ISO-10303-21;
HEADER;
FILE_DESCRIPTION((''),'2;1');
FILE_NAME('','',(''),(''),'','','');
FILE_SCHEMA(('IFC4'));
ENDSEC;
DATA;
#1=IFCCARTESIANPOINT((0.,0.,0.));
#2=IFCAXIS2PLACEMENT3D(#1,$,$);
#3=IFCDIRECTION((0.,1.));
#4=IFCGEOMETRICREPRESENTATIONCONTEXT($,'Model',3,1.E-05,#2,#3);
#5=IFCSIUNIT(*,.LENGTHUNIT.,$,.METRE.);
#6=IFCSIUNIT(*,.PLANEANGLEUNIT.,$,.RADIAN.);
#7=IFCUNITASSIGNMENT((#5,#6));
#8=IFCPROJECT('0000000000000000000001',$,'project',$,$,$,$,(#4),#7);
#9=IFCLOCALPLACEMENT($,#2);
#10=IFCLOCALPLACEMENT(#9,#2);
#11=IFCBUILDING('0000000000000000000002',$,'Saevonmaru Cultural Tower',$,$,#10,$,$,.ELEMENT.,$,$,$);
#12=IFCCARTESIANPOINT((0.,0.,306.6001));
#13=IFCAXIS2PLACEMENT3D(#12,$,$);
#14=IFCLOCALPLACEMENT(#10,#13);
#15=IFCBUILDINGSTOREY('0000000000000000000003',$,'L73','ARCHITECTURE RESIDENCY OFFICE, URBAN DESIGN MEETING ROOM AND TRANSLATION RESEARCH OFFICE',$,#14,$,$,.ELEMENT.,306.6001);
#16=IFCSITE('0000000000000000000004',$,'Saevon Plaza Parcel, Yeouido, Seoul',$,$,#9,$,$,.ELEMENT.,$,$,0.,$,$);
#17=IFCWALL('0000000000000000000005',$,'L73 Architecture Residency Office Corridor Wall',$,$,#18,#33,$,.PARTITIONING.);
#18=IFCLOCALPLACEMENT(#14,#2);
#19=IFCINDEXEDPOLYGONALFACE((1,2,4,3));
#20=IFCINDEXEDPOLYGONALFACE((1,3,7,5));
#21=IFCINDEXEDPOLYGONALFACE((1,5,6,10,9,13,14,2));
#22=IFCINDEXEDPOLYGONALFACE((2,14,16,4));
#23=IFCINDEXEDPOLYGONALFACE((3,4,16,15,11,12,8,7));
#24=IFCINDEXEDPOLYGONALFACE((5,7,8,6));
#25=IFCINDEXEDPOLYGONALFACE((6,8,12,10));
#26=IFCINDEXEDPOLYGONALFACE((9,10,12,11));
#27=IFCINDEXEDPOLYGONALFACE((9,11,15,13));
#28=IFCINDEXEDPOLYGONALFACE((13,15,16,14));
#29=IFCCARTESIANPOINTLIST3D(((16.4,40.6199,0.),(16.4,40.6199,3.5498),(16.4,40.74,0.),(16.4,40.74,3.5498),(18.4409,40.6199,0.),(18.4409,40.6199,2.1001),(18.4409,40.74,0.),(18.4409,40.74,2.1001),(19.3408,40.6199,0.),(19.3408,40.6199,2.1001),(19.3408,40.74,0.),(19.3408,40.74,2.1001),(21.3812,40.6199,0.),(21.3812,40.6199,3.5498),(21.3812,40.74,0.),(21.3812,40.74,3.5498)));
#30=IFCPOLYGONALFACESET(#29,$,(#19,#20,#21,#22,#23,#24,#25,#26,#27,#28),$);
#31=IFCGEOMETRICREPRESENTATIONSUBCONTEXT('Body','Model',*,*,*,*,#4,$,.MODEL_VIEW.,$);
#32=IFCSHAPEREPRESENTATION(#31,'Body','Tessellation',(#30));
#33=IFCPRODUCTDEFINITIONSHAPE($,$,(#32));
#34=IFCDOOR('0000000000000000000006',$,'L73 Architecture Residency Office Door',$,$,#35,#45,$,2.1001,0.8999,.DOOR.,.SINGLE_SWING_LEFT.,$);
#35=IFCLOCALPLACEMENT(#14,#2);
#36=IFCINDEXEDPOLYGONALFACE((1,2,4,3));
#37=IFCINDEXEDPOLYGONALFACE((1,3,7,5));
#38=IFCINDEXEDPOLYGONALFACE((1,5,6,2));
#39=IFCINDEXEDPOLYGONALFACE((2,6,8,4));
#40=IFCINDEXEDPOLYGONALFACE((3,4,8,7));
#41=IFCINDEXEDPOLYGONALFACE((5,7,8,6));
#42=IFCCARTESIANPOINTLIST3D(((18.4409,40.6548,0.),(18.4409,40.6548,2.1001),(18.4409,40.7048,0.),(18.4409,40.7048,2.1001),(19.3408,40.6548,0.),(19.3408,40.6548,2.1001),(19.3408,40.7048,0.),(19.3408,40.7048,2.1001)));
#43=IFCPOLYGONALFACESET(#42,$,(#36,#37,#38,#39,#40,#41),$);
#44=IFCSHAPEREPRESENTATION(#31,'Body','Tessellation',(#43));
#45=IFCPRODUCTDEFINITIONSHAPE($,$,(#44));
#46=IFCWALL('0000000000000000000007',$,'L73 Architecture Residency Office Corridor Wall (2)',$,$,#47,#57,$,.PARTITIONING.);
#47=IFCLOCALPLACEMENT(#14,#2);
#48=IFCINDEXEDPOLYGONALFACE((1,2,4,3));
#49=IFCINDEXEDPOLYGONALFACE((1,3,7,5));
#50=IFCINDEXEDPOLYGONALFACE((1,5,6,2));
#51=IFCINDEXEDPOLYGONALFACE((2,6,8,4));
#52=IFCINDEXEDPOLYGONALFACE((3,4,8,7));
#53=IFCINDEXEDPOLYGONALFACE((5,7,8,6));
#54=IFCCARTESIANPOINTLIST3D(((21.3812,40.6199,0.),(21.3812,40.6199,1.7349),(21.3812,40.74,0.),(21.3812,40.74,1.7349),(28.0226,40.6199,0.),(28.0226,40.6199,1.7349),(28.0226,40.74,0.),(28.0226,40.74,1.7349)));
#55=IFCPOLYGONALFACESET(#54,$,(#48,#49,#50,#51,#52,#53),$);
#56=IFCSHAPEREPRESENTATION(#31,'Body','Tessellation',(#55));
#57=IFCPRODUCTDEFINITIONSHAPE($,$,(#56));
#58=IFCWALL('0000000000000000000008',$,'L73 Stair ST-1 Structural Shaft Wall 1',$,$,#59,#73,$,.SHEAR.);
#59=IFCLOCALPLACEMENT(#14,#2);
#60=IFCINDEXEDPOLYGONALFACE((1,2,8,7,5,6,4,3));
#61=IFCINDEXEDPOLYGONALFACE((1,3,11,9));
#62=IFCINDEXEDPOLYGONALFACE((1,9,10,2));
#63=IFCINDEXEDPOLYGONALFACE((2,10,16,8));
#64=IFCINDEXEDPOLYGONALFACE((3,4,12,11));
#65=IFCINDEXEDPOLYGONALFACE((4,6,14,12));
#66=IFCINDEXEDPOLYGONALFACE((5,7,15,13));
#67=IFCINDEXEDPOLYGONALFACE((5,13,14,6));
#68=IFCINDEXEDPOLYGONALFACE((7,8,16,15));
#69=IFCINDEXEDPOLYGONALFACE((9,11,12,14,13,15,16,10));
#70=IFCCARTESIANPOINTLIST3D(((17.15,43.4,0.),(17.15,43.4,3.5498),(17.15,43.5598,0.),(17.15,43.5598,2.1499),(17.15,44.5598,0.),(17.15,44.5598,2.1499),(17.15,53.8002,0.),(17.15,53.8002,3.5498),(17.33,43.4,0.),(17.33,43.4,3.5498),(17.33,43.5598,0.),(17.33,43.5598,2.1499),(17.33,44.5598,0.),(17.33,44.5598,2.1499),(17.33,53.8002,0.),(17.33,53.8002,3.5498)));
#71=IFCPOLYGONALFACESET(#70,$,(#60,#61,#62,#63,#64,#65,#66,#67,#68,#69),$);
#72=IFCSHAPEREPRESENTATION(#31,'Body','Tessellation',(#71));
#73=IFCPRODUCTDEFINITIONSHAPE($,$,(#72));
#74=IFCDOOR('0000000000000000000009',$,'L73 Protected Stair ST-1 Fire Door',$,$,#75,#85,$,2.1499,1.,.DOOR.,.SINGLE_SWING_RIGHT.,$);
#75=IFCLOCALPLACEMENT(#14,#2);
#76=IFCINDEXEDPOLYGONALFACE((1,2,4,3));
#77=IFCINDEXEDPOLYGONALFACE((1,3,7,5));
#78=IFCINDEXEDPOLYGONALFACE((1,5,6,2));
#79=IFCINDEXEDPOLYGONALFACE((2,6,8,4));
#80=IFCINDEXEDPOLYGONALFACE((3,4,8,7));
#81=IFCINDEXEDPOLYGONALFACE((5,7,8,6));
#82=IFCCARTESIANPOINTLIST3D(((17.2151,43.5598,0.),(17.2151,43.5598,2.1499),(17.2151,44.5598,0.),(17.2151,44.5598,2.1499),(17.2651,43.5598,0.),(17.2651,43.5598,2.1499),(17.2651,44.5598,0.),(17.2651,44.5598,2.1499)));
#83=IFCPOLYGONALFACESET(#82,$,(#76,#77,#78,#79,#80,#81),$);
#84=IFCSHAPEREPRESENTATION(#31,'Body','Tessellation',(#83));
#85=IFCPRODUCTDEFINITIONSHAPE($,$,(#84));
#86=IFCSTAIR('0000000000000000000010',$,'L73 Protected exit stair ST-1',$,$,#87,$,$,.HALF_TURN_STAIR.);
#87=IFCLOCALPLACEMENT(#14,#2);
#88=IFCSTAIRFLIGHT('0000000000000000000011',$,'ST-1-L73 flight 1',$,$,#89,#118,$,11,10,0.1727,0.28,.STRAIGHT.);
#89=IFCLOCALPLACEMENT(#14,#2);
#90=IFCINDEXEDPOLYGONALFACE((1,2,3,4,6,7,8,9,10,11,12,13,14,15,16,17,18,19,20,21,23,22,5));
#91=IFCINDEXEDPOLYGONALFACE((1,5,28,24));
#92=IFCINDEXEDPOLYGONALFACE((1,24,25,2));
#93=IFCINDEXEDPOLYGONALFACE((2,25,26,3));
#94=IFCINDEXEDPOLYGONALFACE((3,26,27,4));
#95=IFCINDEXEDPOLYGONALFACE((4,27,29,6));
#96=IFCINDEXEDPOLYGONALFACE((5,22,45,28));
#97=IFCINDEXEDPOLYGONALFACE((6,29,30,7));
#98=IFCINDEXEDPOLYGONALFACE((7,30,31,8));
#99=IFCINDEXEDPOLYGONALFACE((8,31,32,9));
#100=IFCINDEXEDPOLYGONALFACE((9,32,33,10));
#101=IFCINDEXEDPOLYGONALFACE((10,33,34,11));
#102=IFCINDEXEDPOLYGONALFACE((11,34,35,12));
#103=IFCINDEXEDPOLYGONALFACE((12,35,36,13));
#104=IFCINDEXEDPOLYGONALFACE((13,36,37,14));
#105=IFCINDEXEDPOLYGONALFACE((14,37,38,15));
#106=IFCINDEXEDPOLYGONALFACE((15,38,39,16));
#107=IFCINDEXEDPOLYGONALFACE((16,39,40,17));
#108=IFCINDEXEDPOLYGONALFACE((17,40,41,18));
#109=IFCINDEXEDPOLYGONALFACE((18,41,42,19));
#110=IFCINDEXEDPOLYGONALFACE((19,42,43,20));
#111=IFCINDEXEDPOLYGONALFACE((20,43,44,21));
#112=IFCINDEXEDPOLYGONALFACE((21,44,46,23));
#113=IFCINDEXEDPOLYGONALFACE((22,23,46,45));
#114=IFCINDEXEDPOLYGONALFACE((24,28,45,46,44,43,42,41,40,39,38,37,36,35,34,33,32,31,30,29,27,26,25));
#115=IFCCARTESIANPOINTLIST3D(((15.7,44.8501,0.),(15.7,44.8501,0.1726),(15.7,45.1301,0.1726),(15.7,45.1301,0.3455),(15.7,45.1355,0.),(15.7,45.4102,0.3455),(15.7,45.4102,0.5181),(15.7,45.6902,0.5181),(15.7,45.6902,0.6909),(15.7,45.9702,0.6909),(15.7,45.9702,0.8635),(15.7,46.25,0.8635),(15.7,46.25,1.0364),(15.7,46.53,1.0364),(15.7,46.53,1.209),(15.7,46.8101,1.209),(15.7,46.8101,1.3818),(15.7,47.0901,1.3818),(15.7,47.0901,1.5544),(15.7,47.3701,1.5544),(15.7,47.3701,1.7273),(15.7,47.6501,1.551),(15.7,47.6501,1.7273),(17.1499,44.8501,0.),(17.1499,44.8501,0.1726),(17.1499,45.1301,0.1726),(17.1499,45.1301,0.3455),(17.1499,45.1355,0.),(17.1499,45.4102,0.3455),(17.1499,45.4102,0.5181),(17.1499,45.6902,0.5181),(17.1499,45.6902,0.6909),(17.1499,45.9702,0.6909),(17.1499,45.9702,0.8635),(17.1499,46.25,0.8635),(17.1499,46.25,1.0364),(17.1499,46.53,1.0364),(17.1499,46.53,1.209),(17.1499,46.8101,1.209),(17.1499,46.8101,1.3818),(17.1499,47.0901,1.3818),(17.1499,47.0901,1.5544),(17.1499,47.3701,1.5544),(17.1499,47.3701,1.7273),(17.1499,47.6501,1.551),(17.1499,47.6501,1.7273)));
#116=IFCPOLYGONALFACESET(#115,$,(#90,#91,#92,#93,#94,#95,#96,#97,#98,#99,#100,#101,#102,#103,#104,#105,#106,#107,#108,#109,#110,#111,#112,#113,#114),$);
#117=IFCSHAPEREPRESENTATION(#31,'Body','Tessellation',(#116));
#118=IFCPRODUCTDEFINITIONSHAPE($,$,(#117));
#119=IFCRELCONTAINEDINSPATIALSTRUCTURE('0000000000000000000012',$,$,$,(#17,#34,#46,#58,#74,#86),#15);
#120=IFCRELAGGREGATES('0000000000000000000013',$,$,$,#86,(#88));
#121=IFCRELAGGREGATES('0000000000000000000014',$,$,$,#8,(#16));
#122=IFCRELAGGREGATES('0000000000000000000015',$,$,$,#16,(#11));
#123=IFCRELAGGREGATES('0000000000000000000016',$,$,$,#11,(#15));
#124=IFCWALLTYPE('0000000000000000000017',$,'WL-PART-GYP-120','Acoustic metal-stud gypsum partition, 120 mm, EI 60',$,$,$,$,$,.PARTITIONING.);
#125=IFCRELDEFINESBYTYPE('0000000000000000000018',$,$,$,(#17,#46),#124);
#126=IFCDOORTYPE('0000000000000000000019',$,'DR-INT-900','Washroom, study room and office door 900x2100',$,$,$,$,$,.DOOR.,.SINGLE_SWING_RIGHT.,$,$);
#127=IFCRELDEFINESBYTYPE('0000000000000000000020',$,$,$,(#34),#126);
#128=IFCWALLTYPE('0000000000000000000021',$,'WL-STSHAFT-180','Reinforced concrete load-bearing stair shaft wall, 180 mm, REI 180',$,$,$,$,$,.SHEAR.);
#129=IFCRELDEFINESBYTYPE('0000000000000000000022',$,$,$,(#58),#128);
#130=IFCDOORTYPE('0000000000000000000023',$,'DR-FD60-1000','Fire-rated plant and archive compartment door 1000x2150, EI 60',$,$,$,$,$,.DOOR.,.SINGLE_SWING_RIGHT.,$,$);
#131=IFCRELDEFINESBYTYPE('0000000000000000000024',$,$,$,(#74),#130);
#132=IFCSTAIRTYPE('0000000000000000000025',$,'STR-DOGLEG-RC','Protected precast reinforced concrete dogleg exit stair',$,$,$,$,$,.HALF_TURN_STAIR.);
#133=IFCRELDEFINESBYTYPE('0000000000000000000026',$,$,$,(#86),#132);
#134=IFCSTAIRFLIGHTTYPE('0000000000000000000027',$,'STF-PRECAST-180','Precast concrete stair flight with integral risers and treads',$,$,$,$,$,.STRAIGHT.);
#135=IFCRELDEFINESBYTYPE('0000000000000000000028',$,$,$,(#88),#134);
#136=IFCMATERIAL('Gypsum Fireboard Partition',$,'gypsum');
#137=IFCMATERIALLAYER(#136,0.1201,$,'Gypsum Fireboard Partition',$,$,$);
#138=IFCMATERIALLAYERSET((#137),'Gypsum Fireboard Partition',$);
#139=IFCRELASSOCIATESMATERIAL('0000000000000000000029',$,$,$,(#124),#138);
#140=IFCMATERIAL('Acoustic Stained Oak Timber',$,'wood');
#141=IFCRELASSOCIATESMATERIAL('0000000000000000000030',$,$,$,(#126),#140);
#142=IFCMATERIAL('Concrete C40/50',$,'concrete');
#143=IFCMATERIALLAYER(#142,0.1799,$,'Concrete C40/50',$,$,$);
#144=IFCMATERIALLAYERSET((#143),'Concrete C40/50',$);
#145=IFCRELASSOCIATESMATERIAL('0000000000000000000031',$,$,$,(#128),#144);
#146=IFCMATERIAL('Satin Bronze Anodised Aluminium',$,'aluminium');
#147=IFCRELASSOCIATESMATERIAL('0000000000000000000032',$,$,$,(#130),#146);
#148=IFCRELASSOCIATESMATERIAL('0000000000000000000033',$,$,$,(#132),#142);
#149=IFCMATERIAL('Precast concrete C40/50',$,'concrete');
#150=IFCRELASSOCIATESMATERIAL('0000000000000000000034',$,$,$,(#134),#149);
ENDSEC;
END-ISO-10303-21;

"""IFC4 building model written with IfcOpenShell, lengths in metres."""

from ifc_helpers import new_model, si_unit, direction, frame, frame_2d, origin, place, context, subcontext, project, spatial, polyline, rectangle, outline, extrude, material, layer, layer_set, type_object, element, fill, aggregate, save


model = new_model("IFC4")

# Units and contexts
model_context = context("Model", 3, precision=1e-05, world=origin(), true_north=direction((0.0, 1.0)))
body_context = subcontext(model_context, "Body", "Model", "MODEL_VIEW")
ifc_project = project(units=[si_unit("LENGTHUNIT", "METRE"), si_unit("PLANEANGLEUNIT", "RADIAN")], contexts=[model_context])

# Site, building, storey
site_placement = place(None, origin())
site = spatial("IfcSite", under=ifc_project, at=site_placement, Name="Saevon Plaza Parcel, Yeouido, Seoul", CompositionType="ELEMENT", RefElevation=0.0)
building_placement = place(site_placement, origin())
building = spatial("IfcBuilding", under=site, at=building_placement, Name="Saevonmaru Cultural Tower", CompositionType="ELEMENT")
storey_placement = place(building_placement, frame((0.0, 0.0, 306.6001)))
storey = spatial("IfcBuildingStorey", under=building, at=storey_placement, Name="L73", Description="ARCHITECTURE RESIDENCY OFFICE, URBAN DESIGN MEETING ROOM AND TRANSLATION RESEARCH OFFICE", CompositionType="ELEMENT", Elevation=306.6001)

# Shared definitions
ifc_material_1 = material(Name="Satin Bronze Anodised Aluminium", Category="aluminium")

# Shared definitions
ifc_material_2 = material(Name="Gypsum Fireboard Partition", Category="gypsum")

# Shared definitions
ifc_layer_1 = layer(ifc_material_2, 0.1201, Name="Gypsum Fireboard Partition")
ifc_layer_set_1 = layer_set([ifc_layer_1], Name="Gypsum Fireboard Partition")
wall_type_1 = type_object("IfcWallType", Name="WL-PART-GYP-120", Description="Acoustic metal-stud gypsum partition, 120 mm, EI 60", PredefinedType="PARTITIONING", material=ifc_layer_set_1)
ifc_material_3 = material(Name="Acoustic Stained Oak Timber", Category="wood")
door_type_1 = type_object("IfcDoorType", Name="DR-INT-900", Description="Washroom, study room and office door 900x2100", OperationType="SINGLE_SWING_RIGHT", PredefinedType="DOOR", material=ifc_material_3)

# Wall, opening, door
wall_1_placement = place(storey_placement, frame((16.3999, 40.6799, 0.0), z_axis=(0.0, 0.0, 1.0), x_axis=(1.0, 0.0, 0.0)))
wall_1 = element("IfcWall", 1, at=wall_1_placement, inside=storey, type_object=wall_type_1, Name="L73 Architecture Residency Office Corridor Wall", PredefinedType="PARTITIONING", context=body_context, shape_type="SweptSolid", body=[
    extrude(rectangle(XDim=4.9812, YDim=0.1201, at=frame_2d((2.4907, 0.0))), origin(), (0.0, 0.0, 1.0), 3.5498),
])
opening_1_placement = place(wall_1_placement, frame((2.041, 0.0, 0.0)))
opening_1 = element("IfcOpeningElement", 2, at=opening_1_placement, cuts=wall_1, PredefinedType="OPENING", context=body_context, shape_type="SweptSolid", body=[
    extrude(rectangle(XDim=0.8999, YDim=2.1001, at=frame_2d((0.45, 1.05))), frame((0.0, 0.0701, 0.0), z_axis=(0.0, -1.0, 0.0), x_axis=(1.0, 0.0, 0.0)), (0.0, 0.0, 1.0), 0.1401),
])
door_1_placement = place(opening_1_placement, origin())
door_1 = element("IfcDoor", 3, at=door_1_placement, inside=storey, type_object=door_type_1, Name="L73 Architecture Residency Office Door", OperationType="SINGLE_SWING_LEFT", OverallHeight=2.1001, OverallWidth=0.8999, PredefinedType="DOOR", context=body_context, shape_type="SweptSolid", body=[
    extrude(rectangle(XDim=0.8999, YDim=2.1001, at=frame_2d((0.45, 1.05))), frame((0.0, 0.0249, 0.0), z_axis=(0.0, -1.0, 0.0), x_axis=(1.0, 0.0, 0.0)), (0.0, 0.0, 1.0), 0.05),
])
fill(opening_1, door_1)

# Wall
wall_2_placement = place(storey_placement, frame((21.3811, 40.6799, 0.0), z_axis=(0.0, 0.0, 1.0), x_axis=(1.0, 0.0, 0.0)))
element("IfcWall", 4, at=wall_2_placement, inside=storey, type_object=wall_type_1, Name="L73 Architecture Residency Office Corridor Wall (2)", PredefinedType="PARTITIONING", context=body_context, shape_type="SweptSolid", body=[
    extrude(rectangle(XDim=6.6414, YDim=0.1201, at=frame_2d((3.3208, 0.0))), origin(), (0.0, 0.0, 1.0), 1.7349),
])

# Wall, opening, door
ifc_material_4 = material(Name="Concrete C40/50", Category="concrete")
ifc_layer_2 = layer(ifc_material_4, 0.1799, Name="Concrete C40/50")
ifc_layer_set_2 = layer_set([ifc_layer_2], Name="Concrete C40/50")
wall_type_2 = type_object("IfcWallType", Name="WL-STSHAFT-180", Description="Reinforced concrete load-bearing stair shaft wall, 180 mm, REI 180", PredefinedType="SHEAR", material=ifc_layer_set_2)
wall_3_placement = place(storey_placement, frame((17.24, 43.3999, 0.0), z_axis=(0.0, 0.0, 1.0), x_axis=(0.0, 1.0, 0.0)))
wall_3 = element("IfcWall", 5, at=wall_3_placement, inside=storey, type_object=wall_type_2, Name="L73 Stair ST-1 Structural Shaft Wall 1", PredefinedType="SHEAR", context=body_context, shape_type="SweptSolid", body=[
    extrude(rectangle(XDim=10.4001, YDim=0.1799, at=frame_2d((5.2002, 0.0))), origin(), (0.0, 0.0, 1.0), 3.5498),
])
opening_2_placement = place(wall_3_placement, frame((0.1599, 0.0, 0.0)))
opening_2 = element("IfcOpeningElement", 6, at=opening_2_placement, cuts=wall_3, PredefinedType="OPENING", context=body_context, shape_type="SweptSolid", body=[
    extrude(rectangle(XDim=1.0, YDim=2.1499, at=frame_2d((0.5, 1.075))), frame((0.0, 0.1001, 0.0), z_axis=(0.0, -1.0, 0.0), x_axis=(1.0, 0.0, 0.0)), (0.0, 0.0, 1.0), 0.2),
])
door_type_2 = type_object("IfcDoorType", Name="DR-FD60-1000", Description="Fire-rated plant and archive compartment door 1000x2150, EI 60", OperationType="SINGLE_SWING_RIGHT", PredefinedType="DOOR", material=ifc_material_1)
door_2_placement = place(opening_2_placement, origin())
door_2 = element("IfcDoor", 7, at=door_2_placement, inside=storey, type_object=door_type_2, Name="L73 Protected Stair ST-1 Fire Door", OperationType="SINGLE_SWING_RIGHT", OverallHeight=2.1499, OverallWidth=1.0, PredefinedType="DOOR", context=body_context, shape_type="SweptSolid", body=[
    extrude(rectangle(XDim=1.0, YDim=2.1499, at=frame_2d((0.5, 1.075))), frame((0.0, 0.0249, 0.0), z_axis=(0.0, -1.0, 0.0), x_axis=(1.0, 0.0, 0.0)), (0.0, 0.0, 1.0), 0.05),
])
fill(opening_2, door_2)

# Stair, stair flight
stair_type = type_object("IfcStairType", Name="STR-DOGLEG-RC", Description="Protected precast reinforced concrete dogleg exit stair", PredefinedType="HALF_TURN_STAIR", material=ifc_material_4)
stair_placement = place(storey_placement, origin())
stair = element("IfcStair", 8, at=stair_placement, inside=storey, type_object=stair_type, Name="L73 Protected exit stair ST-1", PredefinedType="HALF_TURN_STAIR")
ifc_material_5 = material(Name="Precast concrete C40/50", Category="concrete")
stair_flight_type = type_object("IfcStairFlightType", Name="STF-PRECAST-180", Description="Precast concrete stair flight with integral risers and treads", PredefinedType="STRAIGHT", material=ifc_material_5)
stair_flight_placement = place(storey_placement, frame((16.425, 44.8501, 0.0), z_axis=(0.0, 0.0, 1.0), x_axis=(0.0, 1.0, 0.0)))
stair_flight = element("IfcStairFlight", 9, at=stair_flight_placement, type_object=stair_flight_type, Name="ST-1-L73 flight 1", NumberOfRisers=11, NumberOfTreads=10, PredefinedType="STRAIGHT", RiserHeight=0.1727, TreadLength=0.28, context=body_context, shape_type="SweptSolid", body=[
    extrude(outline(polyline([(0.0, 0.0), (0.0, 0.1726), (0.28, 0.1726), (0.28, 0.3455), (0.5601, 0.3455), (0.5601, 0.5181), (0.8401, 0.5181), (0.8401, 0.6909), (1.1201, 0.6909), (1.1201, 0.8635), (1.3999, 0.8635), (1.3999, 1.0364), (1.6799, 1.0364), (1.6799, 1.209), (1.96, 1.209), (1.96, 1.3818), (2.24, 1.3818), (2.24, 1.5544), (2.52, 1.5544), (2.52, 1.7273), (2.8, 1.7273), (2.8, 1.8999), (2.8, 1.551), (0.2854, 0.0), (0.0, 0.0)])), frame((0.0, 0.7251, 0.0), z_axis=(0.0, -1.0, 0.0), x_axis=(1.0, 0.0, 0.0)), (0.0, 0.0, 1.0), 1.45),
])
aggregate(stair, [stair_flight])

save(model, "model.ifc")
